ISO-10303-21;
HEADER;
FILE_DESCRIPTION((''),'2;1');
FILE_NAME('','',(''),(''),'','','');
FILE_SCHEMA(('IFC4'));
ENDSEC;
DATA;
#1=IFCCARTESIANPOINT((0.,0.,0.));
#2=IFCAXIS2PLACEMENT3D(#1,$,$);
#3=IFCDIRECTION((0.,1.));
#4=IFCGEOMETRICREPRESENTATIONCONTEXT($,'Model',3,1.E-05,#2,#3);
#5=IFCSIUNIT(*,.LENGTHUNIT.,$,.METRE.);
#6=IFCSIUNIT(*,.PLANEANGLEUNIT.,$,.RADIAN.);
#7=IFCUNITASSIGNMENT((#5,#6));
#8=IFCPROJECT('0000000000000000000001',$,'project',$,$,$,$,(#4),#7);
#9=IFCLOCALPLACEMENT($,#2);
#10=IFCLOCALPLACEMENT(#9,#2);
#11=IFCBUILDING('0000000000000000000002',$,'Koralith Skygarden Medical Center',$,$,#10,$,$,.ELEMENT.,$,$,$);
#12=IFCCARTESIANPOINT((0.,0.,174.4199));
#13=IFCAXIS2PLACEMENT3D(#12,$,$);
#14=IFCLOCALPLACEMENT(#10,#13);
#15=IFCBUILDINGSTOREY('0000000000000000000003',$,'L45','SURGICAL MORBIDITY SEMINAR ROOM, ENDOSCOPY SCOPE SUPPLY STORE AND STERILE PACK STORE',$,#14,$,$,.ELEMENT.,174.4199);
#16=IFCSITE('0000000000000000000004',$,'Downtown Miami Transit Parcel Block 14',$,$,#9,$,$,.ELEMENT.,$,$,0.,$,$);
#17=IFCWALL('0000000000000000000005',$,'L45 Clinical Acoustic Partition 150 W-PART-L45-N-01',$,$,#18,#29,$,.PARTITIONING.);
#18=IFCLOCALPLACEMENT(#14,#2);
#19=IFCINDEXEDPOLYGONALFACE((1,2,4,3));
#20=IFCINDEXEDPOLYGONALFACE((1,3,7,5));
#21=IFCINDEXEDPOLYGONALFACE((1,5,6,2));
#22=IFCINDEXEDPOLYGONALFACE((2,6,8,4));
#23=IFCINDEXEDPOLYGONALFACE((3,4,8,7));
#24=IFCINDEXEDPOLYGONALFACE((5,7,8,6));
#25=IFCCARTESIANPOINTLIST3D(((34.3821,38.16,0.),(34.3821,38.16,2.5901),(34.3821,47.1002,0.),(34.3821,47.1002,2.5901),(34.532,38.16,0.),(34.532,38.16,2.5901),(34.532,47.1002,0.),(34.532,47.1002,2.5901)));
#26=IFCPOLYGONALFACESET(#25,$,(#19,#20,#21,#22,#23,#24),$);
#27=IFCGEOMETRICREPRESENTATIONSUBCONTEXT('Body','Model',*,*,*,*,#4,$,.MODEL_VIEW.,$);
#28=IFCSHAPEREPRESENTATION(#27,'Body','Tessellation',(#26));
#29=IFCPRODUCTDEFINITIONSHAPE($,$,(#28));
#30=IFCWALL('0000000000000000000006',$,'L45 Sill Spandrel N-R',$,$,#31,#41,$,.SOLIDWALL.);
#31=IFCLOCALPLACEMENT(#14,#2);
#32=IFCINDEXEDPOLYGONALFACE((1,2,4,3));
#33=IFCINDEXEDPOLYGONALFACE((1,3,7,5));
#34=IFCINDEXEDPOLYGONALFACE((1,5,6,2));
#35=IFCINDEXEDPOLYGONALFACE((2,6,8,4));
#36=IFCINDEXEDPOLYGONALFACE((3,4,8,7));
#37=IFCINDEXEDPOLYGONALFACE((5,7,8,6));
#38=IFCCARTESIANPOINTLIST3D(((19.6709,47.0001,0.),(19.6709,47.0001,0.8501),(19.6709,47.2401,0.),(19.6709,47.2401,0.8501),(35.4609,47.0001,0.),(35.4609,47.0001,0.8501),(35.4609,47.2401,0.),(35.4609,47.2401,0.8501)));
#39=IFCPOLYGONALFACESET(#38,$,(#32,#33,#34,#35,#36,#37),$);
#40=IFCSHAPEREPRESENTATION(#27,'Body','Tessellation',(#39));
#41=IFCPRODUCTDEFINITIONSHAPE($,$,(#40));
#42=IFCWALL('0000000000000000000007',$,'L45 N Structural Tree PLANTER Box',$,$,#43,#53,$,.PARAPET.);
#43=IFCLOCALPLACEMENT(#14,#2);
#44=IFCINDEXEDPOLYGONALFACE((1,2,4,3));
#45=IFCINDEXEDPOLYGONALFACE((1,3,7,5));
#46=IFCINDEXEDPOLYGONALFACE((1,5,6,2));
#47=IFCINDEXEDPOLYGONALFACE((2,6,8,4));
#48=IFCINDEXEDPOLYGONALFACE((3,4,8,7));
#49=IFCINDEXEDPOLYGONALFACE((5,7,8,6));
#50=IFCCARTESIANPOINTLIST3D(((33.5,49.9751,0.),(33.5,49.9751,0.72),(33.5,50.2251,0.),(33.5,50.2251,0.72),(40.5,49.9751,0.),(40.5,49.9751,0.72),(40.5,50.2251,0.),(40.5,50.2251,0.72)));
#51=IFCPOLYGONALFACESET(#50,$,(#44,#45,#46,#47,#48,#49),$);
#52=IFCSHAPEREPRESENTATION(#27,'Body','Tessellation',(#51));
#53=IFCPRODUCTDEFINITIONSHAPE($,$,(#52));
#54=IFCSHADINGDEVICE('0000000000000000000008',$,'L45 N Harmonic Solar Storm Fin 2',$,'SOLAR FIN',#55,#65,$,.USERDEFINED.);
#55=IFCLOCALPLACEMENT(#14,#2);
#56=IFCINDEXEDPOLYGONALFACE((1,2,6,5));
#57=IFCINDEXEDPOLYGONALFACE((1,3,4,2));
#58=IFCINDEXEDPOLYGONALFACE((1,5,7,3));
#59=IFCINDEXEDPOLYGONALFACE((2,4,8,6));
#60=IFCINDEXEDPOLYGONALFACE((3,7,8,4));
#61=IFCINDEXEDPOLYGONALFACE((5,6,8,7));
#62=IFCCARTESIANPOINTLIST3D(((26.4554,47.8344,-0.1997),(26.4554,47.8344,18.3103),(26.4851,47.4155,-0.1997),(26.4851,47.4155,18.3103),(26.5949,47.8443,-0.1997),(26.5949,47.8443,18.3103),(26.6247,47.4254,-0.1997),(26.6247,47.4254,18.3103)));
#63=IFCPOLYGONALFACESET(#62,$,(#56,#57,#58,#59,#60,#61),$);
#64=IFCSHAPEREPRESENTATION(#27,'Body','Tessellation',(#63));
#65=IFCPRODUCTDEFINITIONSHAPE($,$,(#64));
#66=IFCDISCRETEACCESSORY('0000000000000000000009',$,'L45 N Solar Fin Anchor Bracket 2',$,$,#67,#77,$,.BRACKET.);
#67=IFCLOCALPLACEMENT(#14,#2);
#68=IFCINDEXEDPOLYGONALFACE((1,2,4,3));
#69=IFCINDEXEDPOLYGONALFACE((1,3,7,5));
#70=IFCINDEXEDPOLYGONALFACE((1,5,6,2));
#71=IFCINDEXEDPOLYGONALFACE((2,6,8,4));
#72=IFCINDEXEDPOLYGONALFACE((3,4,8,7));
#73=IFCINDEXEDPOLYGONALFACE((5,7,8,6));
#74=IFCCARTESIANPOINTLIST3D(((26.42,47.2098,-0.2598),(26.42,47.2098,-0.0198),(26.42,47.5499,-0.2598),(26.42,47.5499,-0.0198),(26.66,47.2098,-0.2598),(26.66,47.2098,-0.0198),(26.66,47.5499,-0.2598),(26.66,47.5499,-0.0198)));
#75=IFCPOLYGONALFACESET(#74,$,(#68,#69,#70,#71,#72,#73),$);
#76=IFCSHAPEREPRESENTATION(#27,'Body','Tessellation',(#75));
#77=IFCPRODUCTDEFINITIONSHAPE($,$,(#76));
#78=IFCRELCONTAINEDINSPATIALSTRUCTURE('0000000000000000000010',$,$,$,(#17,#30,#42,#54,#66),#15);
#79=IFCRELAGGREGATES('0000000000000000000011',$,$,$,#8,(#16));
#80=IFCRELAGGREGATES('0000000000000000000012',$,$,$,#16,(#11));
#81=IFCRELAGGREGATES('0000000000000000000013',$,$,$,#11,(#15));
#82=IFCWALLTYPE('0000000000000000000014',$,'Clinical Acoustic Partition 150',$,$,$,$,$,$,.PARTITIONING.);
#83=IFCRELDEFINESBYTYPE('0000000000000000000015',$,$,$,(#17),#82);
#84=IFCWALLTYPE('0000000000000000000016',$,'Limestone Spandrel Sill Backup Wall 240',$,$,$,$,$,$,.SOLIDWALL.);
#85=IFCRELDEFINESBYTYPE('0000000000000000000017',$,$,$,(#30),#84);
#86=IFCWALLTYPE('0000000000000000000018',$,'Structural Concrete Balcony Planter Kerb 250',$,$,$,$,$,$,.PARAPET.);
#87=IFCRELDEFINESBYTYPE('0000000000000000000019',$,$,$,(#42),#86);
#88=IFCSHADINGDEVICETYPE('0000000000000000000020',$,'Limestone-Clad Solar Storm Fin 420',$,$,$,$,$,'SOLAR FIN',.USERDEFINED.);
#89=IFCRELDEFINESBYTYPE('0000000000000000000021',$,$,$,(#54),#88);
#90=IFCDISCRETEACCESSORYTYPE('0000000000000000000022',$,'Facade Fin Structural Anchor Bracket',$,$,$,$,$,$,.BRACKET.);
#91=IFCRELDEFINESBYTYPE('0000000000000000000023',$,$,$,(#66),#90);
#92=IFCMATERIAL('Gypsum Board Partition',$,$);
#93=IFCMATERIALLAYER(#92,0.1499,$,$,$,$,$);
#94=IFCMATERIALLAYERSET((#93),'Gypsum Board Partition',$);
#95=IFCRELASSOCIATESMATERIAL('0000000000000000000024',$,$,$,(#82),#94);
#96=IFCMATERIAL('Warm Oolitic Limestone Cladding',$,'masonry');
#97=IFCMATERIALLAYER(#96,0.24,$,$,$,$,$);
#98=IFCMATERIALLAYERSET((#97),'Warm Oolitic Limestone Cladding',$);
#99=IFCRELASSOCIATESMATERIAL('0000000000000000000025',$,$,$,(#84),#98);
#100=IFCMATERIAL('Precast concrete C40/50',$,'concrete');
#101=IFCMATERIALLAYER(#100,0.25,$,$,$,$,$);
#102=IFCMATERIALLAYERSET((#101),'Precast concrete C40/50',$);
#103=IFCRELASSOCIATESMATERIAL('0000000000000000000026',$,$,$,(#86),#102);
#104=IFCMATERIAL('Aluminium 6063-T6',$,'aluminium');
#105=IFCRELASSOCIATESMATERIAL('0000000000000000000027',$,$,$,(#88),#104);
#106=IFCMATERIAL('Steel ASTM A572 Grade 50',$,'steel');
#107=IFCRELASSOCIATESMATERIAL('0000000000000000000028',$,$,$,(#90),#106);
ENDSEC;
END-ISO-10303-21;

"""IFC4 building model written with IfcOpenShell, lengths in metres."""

from ifc_helpers import new_model, si_unit, direction, frame, frame_2d, origin, origin_2d, place, context, subcontext, project, spatial, rectangle, extrude, material, layer, layer_set, type_object, element, save


model = new_model("IFC4")

# Units and contexts
model_context = context("Model", 3, precision=1e-05, world=origin(), true_north=direction((0.0, 1.0)))
body_context = subcontext(model_context, "Body", "Model", "MODEL_VIEW")
ifc_project = project(units=[si_unit("LENGTHUNIT", "METRE"), si_unit("PLANEANGLEUNIT", "RADIAN")], contexts=[model_context])

# Site, building, storey
site_placement = place(None, origin())
site = spatial("IfcSite", under=ifc_project, at=site_placement, Name="Downtown Miami Transit Parcel Block 14", CompositionType="ELEMENT", RefElevation=0.0)
building_placement = place(site_placement, origin())
building = spatial("IfcBuilding", under=site, at=building_placement, Name="Koralith Skygarden Medical Center", CompositionType="ELEMENT")
storey_placement = place(building_placement, frame((0.0, 0.0, 174.4199)))
storey = spatial("IfcBuildingStorey", under=building, at=storey_placement, Name="L45", Description="SURGICAL MORBIDITY SEMINAR ROOM, ENDOSCOPY SCOPE SUPPLY STORE AND STERILE PACK STORE", CompositionType="ELEMENT", Elevation=174.4199)

# Shared definitions
ifc_material_1 = material(Name="Aluminium 6063-T6", Category="aluminium")

# Shared definitions
ifc_material_2 = material(Name="Warm Oolitic Limestone Cladding", Category="masonry")

# Wall
ifc_material_3 = material(Name="Gypsum Board Partition")
ifc_layer_1 = layer(ifc_material_3, 0.1499)
ifc_layer_set_1 = layer_set([ifc_layer_1], Name="Gypsum Board Partition")
wall_type_1 = type_object("IfcWallType", Name="Clinical Acoustic Partition 150", PredefinedType="PARTITIONING", material=ifc_layer_set_1)
wall_1_placement = place(storey_placement, frame((34.457, 38.1599, 0.0), z_axis=(0.0, 0.0, 1.0), x_axis=(0.0, 1.0, 0.0)))
element("IfcWall", 1, at=wall_1_placement, inside=storey, type_object=wall_type_1, Name="L45 Clinical Acoustic Partition 150 W-PART-L45-N-01", PredefinedType="PARTITIONING", context=body_context, shape_type="SweptSolid", body=[
    extrude(rectangle(XDim=8.9402, YDim=0.1499, at=frame_2d((4.4702, 0.0))), origin(), (0.0, 0.0, 1.0), 2.5901),
])

# Walls
ifc_layer_2 = layer(ifc_material_2, 0.24)
ifc_layer_set_2 = layer_set([ifc_layer_2], Name="Warm Oolitic Limestone Cladding")
wall_type_2 = type_object("IfcWallType", Name="Limestone Spandrel Sill Backup Wall 240", PredefinedType="SOLIDWALL", material=ifc_layer_set_2)
wall_2_placement = place(storey_placement, frame((35.4609, 47.1201, 0.0), z_axis=(0.0, 0.0, 1.0), x_axis=(-1.0, 0.0, 0.0)))
element("IfcWall", 2, at=wall_2_placement, inside=storey, type_object=wall_type_2, Name="L45 Sill Spandrel N-R", PredefinedType="SOLIDWALL", context=body_context, shape_type="SweptSolid", body=[
    extrude(rectangle(XDim=15.79, YDim=0.24, at=frame_2d((7.895, 0.0))), origin(), (0.0, 0.0, 1.0), 0.8501),
])
ifc_material_4 = material(Name="Precast concrete C40/50", Category="concrete")
ifc_layer_3 = layer(ifc_material_4, 0.25)
ifc_layer_set_3 = layer_set([ifc_layer_3], Name="Precast concrete C40/50")
wall_type_3 = type_object("IfcWallType", Name="Structural Concrete Balcony Planter Kerb 250", PredefinedType="PARAPET", material=ifc_layer_set_3)
wall_3_placement = place(storey_placement, frame((33.5, 50.1001, 0.0), z_axis=(0.0, 0.0, 1.0), x_axis=(1.0, 0.0, 0.0)))
element("IfcWall", 3, at=wall_3_placement, inside=storey, type_object=wall_type_3, Name="L45 N Structural Tree PLANTER Box", PredefinedType="PARAPET", context=body_context, shape_type="SweptSolid", body=[
    extrude(rectangle(XDim=7.0, YDim=0.25, at=frame_2d((3.5, 0.0))), origin(), (0.0, 0.0, 1.0), 0.72),
])

# Shading device
shading_device_type = type_object("IfcShadingDeviceType", Name="Limestone-Clad Solar Storm Fin 420", ElementType="SOLAR FIN", PredefinedType="USERDEFINED", material=ifc_material_1)
shading_device_placement = place(storey_placement, frame((26.54, 47.6299, -0.1997), z_axis=(0.0, 0.0, 1.0), x_axis=(-0.070853, 0.997487, 0.0)))
element("IfcShadingDevice", 4, at=shading_device_placement, inside=storey, type_object=shading_device_type, Name="L45 N Harmonic Solar Storm Fin 2", ObjectType="SOLAR FIN", PredefinedType="USERDEFINED", context=body_context, shape_type="SweptSolid", body=[
    extrude(rectangle(XDim=0.4199, YDim=0.1399, at=origin_2d()), origin(), (0.0, 0.0, 1.0), 18.51),
])

# Discrete accessory
ifc_material_5 = material(Name="Steel ASTM A572 Grade 50", Category="steel")
discrete_accessory_type = type_object("IfcDiscreteAccessoryType", Name="Facade Fin Structural Anchor Bracket", PredefinedType="BRACKET", material=ifc_material_5)
discrete_accessory_placement = place(storey_placement, frame((26.54, 47.3799, -0.2598), z_axis=(0.0, 0.0, 1.0), x_axis=(0.0, 1.0, 0.0)))
element("IfcDiscreteAccessory", 5, at=discrete_accessory_placement, inside=storey, type_object=discrete_accessory_type, Name="L45 N Solar Fin Anchor Bracket 2", PredefinedType="BRACKET", context=body_context, shape_type="SweptSolid", body=[
    extrude(rectangle(XDim=0.3401, YDim=0.24, at=origin_2d()), origin(), (0.0, 0.0, 1.0), 0.24),
])

save(model, "model.ifc")
